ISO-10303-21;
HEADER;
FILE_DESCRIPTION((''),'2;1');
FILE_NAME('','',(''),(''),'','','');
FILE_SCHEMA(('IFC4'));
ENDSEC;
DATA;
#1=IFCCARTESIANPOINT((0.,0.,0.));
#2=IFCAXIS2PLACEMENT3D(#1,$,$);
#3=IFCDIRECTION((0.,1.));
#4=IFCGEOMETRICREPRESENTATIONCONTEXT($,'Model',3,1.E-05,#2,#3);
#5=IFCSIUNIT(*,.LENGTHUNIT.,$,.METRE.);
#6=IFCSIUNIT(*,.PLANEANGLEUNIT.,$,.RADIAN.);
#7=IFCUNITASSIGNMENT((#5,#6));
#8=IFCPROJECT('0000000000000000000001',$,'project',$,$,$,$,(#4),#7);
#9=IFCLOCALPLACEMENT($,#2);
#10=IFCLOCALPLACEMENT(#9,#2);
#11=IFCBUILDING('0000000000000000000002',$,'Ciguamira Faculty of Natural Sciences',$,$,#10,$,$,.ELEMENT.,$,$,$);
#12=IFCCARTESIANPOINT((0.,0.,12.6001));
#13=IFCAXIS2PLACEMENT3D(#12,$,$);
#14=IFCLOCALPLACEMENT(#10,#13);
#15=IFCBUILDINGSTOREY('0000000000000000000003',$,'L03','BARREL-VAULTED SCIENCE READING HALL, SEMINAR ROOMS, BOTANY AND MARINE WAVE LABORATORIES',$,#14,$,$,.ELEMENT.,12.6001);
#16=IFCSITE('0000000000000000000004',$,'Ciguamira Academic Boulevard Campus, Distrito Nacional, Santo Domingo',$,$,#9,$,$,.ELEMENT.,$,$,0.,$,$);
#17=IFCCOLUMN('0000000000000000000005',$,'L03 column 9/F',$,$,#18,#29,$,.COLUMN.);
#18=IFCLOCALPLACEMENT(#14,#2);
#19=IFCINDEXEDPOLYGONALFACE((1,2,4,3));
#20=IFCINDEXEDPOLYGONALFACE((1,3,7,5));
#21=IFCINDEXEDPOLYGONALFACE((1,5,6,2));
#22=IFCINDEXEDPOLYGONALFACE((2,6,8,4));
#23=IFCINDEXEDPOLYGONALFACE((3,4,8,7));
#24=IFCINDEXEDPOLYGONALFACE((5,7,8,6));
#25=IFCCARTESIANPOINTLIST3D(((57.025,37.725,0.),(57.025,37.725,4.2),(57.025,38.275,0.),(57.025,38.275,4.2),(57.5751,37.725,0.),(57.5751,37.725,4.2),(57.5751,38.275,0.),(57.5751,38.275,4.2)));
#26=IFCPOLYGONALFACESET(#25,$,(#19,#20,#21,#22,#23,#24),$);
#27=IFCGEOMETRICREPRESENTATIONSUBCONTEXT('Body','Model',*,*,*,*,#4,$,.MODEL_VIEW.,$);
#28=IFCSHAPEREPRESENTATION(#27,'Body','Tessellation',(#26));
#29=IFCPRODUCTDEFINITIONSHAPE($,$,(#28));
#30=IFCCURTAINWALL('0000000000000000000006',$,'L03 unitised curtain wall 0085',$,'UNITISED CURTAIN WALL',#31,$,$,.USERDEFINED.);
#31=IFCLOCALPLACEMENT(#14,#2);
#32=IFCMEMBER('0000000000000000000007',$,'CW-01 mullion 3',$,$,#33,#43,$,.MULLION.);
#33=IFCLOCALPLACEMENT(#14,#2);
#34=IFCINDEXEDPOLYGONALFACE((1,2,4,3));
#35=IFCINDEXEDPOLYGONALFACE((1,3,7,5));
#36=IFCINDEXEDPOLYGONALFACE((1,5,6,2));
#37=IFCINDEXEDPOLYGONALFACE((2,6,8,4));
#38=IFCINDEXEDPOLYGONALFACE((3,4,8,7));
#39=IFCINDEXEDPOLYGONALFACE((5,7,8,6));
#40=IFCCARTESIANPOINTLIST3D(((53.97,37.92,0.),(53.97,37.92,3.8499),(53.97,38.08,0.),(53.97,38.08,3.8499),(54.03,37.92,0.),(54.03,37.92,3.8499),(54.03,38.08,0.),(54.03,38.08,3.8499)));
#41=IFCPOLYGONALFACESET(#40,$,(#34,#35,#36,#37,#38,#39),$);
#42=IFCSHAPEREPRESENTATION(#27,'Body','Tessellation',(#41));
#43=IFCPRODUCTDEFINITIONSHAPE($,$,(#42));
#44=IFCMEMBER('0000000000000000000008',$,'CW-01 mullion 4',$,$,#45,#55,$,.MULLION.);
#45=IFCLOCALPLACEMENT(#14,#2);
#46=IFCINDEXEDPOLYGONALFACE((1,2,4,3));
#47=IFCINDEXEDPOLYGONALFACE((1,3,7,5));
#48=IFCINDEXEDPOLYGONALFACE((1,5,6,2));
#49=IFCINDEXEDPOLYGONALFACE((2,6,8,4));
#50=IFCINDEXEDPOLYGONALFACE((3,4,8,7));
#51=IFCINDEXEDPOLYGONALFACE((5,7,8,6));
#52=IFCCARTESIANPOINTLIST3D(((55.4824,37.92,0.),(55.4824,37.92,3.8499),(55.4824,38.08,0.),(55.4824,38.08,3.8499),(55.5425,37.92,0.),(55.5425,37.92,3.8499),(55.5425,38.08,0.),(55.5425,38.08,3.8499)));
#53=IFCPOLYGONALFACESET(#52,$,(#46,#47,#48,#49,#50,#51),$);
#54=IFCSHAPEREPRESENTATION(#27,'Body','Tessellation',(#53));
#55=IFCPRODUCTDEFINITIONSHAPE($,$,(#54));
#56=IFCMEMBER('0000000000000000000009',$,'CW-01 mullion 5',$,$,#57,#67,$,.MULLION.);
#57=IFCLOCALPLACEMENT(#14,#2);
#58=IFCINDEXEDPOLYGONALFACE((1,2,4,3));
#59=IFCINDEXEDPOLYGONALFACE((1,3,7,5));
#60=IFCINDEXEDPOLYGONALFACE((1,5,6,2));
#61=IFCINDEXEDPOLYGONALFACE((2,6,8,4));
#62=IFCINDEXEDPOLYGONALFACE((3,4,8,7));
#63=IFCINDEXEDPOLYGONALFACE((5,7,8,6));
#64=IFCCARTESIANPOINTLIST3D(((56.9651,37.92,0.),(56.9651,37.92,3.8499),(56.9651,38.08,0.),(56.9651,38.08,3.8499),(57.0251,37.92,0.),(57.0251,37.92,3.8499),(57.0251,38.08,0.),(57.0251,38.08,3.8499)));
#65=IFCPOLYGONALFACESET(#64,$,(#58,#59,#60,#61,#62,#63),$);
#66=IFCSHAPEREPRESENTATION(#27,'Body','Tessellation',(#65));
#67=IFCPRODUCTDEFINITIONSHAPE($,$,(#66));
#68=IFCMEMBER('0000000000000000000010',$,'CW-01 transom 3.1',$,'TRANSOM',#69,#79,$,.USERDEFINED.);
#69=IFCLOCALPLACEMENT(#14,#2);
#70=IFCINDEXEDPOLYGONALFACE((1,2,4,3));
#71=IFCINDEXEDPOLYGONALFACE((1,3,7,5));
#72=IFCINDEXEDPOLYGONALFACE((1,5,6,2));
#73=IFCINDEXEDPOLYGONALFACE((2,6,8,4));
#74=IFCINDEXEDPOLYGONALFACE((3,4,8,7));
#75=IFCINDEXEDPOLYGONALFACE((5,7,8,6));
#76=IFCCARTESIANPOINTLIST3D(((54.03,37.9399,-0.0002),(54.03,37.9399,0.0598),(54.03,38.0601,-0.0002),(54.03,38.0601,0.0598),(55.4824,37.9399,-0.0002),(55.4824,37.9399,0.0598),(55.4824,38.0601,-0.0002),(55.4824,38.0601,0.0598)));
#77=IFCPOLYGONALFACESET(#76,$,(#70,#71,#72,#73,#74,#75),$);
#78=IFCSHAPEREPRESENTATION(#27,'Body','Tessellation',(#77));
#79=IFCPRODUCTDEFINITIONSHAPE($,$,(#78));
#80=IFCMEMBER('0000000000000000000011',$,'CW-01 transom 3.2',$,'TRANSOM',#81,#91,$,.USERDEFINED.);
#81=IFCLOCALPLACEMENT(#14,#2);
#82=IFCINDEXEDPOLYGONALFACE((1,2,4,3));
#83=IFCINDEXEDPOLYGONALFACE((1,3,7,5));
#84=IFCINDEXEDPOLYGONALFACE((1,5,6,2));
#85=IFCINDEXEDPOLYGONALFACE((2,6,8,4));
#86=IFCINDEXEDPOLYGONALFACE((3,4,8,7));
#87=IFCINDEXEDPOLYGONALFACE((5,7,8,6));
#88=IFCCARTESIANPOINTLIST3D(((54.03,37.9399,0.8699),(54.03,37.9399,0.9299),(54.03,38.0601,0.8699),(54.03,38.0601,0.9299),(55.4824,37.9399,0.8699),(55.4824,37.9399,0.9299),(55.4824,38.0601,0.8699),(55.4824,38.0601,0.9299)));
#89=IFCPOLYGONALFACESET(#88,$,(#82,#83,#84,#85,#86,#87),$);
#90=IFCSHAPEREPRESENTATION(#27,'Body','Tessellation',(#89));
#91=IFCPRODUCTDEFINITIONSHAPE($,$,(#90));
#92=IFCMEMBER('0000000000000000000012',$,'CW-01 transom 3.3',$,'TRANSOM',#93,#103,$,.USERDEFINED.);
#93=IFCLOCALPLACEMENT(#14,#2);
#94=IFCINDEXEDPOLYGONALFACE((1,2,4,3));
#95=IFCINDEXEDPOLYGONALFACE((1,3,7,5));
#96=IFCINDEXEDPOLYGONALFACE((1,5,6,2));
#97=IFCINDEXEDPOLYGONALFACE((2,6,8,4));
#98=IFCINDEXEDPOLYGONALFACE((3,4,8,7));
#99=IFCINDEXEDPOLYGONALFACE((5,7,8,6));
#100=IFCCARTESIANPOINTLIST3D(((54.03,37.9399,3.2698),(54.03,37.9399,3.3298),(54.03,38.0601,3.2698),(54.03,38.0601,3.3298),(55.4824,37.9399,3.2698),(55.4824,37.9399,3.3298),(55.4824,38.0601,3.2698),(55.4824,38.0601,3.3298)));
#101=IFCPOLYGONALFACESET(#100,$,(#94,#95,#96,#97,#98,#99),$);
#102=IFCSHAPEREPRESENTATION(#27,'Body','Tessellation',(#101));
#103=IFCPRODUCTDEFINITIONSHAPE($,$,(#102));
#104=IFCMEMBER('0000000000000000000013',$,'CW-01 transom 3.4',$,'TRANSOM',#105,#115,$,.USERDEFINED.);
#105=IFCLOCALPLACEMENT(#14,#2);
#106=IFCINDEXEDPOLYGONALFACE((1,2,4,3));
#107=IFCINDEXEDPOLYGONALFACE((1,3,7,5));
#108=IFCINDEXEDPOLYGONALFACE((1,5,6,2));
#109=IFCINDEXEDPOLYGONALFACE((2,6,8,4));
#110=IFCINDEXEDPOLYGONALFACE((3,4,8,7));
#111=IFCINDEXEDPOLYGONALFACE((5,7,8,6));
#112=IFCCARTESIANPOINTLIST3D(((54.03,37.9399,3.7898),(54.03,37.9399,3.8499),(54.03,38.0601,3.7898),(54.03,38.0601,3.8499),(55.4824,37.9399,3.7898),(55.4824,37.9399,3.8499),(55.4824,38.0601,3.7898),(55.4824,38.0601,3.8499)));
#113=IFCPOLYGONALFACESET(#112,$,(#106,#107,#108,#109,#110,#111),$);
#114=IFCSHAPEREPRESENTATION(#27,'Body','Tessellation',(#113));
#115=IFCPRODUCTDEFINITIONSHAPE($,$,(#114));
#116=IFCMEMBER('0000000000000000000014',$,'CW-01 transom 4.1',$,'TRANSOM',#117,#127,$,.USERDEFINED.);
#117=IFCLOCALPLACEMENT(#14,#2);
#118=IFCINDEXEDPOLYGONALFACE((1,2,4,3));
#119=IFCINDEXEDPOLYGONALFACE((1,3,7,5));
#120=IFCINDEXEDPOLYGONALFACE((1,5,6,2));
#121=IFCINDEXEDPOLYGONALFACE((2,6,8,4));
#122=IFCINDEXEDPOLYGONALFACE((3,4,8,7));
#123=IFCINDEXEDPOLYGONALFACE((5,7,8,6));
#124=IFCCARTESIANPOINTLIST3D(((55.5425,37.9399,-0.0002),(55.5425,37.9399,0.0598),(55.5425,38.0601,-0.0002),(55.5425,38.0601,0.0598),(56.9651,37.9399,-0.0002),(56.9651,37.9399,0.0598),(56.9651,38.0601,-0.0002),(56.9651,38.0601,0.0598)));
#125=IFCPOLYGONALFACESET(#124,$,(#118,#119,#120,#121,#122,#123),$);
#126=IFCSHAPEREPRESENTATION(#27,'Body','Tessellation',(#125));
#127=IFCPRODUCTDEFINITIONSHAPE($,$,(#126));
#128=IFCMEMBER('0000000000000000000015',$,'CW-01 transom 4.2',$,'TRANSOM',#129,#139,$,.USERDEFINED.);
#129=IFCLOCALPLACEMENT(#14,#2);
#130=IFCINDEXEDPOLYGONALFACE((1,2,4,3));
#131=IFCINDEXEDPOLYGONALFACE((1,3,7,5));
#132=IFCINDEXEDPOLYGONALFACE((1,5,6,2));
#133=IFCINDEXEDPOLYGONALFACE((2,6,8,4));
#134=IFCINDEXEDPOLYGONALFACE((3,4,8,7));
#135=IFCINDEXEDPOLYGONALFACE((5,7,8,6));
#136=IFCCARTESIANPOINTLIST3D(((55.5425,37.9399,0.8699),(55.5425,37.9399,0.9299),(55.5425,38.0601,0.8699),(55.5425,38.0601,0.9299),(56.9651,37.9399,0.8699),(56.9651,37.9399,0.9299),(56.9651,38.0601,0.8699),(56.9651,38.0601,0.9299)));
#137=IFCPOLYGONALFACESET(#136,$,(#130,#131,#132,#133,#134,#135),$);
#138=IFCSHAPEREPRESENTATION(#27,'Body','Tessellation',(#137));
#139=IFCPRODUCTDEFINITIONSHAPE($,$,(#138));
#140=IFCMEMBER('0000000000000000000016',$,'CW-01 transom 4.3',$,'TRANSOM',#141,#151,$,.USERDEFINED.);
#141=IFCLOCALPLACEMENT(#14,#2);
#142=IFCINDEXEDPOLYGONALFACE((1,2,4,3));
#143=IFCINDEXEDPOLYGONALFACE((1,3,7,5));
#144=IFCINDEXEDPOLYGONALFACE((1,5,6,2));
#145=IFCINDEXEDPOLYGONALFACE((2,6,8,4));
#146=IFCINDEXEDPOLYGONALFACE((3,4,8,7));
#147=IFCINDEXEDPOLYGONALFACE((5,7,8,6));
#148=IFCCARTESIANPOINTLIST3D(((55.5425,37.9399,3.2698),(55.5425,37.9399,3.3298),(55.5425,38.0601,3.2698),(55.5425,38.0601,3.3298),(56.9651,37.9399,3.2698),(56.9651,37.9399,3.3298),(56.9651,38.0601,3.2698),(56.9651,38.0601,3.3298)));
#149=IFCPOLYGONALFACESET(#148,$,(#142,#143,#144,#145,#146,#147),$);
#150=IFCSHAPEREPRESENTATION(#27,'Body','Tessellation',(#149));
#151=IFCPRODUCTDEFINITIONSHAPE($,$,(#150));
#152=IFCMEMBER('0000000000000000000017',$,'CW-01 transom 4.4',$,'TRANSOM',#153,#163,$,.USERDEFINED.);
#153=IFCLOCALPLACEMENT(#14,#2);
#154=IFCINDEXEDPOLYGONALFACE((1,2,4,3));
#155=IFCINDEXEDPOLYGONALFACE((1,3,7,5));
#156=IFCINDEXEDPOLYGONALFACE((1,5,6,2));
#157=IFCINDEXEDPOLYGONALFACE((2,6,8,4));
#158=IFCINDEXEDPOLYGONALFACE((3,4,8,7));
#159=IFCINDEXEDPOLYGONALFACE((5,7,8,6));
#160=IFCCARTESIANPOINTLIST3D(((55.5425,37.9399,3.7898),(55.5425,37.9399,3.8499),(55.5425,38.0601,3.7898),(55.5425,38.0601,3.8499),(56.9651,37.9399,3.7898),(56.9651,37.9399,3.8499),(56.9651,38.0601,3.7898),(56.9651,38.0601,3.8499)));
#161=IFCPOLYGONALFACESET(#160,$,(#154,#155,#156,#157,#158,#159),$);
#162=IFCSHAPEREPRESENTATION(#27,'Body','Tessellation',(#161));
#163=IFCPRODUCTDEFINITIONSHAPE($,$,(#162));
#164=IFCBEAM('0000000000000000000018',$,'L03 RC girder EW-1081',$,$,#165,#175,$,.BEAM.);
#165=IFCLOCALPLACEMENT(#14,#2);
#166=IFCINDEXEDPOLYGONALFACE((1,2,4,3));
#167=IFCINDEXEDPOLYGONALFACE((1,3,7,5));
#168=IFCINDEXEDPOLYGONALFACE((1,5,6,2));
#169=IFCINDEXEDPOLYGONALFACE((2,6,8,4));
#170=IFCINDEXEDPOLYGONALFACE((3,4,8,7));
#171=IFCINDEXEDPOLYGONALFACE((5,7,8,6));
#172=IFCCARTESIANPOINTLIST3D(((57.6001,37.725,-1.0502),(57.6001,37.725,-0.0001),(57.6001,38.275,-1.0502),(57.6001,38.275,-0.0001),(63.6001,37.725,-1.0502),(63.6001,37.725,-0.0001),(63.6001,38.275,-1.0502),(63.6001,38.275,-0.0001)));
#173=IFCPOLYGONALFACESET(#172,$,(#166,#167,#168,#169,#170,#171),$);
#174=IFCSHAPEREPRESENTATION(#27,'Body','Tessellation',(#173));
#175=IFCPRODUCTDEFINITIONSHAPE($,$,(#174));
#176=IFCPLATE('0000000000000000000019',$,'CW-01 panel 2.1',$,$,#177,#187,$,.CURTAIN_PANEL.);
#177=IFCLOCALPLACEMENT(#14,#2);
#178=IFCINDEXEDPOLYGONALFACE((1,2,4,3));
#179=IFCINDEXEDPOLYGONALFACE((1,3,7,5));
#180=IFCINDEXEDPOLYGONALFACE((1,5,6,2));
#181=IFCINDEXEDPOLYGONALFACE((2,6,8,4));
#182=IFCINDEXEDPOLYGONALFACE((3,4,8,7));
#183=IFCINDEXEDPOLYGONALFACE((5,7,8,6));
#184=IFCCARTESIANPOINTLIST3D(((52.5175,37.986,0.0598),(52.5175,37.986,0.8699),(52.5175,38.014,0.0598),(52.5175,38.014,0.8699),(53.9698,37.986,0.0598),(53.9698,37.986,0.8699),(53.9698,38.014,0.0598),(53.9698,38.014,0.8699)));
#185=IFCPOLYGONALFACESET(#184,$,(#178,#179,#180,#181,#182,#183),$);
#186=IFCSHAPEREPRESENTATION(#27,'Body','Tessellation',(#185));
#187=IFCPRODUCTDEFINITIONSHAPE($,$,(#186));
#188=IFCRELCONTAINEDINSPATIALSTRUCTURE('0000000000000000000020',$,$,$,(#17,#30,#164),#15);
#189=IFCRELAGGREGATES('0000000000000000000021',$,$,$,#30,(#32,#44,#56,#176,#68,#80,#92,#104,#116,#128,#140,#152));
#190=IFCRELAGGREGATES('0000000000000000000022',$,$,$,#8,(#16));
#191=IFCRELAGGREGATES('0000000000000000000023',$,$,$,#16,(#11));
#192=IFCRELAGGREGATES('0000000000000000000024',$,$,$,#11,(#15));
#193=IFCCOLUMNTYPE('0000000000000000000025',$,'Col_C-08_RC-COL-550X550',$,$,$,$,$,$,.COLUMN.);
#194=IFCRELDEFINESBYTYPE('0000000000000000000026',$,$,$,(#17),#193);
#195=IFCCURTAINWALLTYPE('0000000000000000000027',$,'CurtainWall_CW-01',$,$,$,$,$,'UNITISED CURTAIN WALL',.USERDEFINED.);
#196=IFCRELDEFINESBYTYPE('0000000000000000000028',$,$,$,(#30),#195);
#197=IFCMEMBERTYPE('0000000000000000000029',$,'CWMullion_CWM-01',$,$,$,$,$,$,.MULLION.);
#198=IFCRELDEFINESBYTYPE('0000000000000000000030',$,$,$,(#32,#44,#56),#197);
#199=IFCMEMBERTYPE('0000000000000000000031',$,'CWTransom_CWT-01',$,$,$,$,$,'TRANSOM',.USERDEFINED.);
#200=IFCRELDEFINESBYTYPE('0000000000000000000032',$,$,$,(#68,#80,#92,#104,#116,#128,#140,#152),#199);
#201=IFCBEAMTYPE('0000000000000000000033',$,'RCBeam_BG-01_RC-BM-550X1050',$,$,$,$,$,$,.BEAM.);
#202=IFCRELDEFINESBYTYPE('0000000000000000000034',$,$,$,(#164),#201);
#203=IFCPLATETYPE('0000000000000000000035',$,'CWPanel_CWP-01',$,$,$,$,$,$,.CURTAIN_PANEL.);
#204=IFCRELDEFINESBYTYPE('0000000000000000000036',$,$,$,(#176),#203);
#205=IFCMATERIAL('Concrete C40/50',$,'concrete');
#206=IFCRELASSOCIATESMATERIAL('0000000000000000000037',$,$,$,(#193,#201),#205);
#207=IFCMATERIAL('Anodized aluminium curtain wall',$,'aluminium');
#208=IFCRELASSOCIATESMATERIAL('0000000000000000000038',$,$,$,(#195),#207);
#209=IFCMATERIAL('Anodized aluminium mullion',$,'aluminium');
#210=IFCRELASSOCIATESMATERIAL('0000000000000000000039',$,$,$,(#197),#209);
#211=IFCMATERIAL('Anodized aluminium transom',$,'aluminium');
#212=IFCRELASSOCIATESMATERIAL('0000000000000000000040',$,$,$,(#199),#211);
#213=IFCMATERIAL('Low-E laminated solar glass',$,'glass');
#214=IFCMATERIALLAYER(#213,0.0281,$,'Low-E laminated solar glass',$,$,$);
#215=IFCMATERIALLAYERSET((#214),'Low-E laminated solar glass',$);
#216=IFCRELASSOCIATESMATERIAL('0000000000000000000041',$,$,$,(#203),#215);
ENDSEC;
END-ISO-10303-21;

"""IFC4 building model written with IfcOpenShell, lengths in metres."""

from ifc_helpers import new_model, si_unit, direction, frame, origin, origin_2d, place, context, subcontext, project, spatial, rectangle, extrude, material, layer, layer_set, material_profile, profile_set, type_object, element, aggregate, save


model = new_model("IFC4")

# Units and contexts
model_context = context("Model", 3, precision=1e-05, world=origin(), true_north=direction((0.0, 1.0)))
body_context = subcontext(model_context, "Body", "Model", "MODEL_VIEW")
ifc_project = project(units=[si_unit("LENGTHUNIT", "METRE"), si_unit("PLANEANGLEUNIT", "RADIAN")], contexts=[model_context])

# Site, building, storey
site_placement = place(None, origin())
site = spatial("IfcSite", under=ifc_project, at=site_placement, Name="Ciguamira Academic Boulevard Campus, Distrito Nacional, Santo Domingo", CompositionType="ELEMENT", RefElevation=0.0)
building_placement = place(site_placement, origin())
building = spatial("IfcBuilding", under=site, at=building_placement, Name="Ciguamira Faculty of Natural Sciences", CompositionType="ELEMENT")
storey_placement = place(building_placement, frame((0.0, 0.0, 12.6001)))
storey = spatial("IfcBuildingStorey", under=building, at=storey_placement, Name="L03", Description="BARREL-VAULTED SCIENCE READING HALL, SEMINAR ROOMS, BOTANY AND MARINE WAVE LABORATORIES", CompositionType="ELEMENT", Elevation=12.6001)

# Column
ifc_material_1 = material(Name="Concrete C40/50", Category="concrete")
ifc_material_profile_1 = material_profile(ifc_material_1, rectangle(XDim=0.55, YDim=0.55, at=origin_2d()), Name="RC-COL-550X550")
ifc_profile_set_1 = profile_set([ifc_material_profile_1], Name="Concrete C40/50")
column_type = type_object("IfcColumnType", Name="Col_C-08_RC-COL-550X550", PredefinedType="COLUMN", material=ifc_profile_set_1)
column_placement = place(storey_placement, frame((57.3, 38.0, 0.0), z_axis=(0.0, 0.0, 1.0), x_axis=(1.0, 0.0, 0.0)))
element("IfcColumn", 1, at=column_placement, inside=storey, type_object=column_type, Name="L03 column 9/F", PredefinedType="COLUMN", context=body_context, shape_type="SweptSolid", body=[
    extrude(rectangle(XDim=0.55, YDim=0.55, at=origin_2d()), origin(), (0.0, 0.0, 1.0), 4.2),
])

# Curtain wall, members
ifc_material_2 = material(Name="Anodized aluminium curtain wall", Category="aluminium")
curtain_wall_type = type_object("IfcCurtainWallType", Name="CurtainWall_CW-01", ElementType="UNITISED CURTAIN WALL", PredefinedType="USERDEFINED", material=ifc_material_2)
curtain_wall_placement = place(storey_placement, origin())
curtain_wall = element("IfcCurtainWall", 2, at=curtain_wall_placement, inside=storey, type_object=curtain_wall_type, Name="L03 unitised curtain wall 0085", ObjectType="UNITISED CURTAIN WALL", PredefinedType="USERDEFINED")
ifc_material_3 = material(Name="Anodized aluminium mullion", Category="aluminium")
ifc_material_profile_2 = material_profile(ifc_material_3, rectangle(XDim=0.0601, YDim=0.1599, at=origin_2d()), Name="ALU-MUL-60X160")
ifc_profile_set_2 = profile_set([ifc_material_profile_2], Name="Anodized aluminium mullion")
member_type_1 = type_object("IfcMemberType", Name="CWMullion_CWM-01", PredefinedType="MULLION", material=ifc_profile_set_2)
member_1_placement = place(storey_placement, frame((54.0, 38.0, 0.0), z_axis=(0.0, 0.0, 1.0), x_axis=(1.0, 0.0, 0.0)))
member_1 = element("IfcMember", 3, at=member_1_placement, type_object=member_type_1, Name="CW-01 mullion 3", PredefinedType="MULLION", context=body_context, shape_type="SweptSolid", body=[
    extrude(rectangle(XDim=0.0601, YDim=0.1599, at=origin_2d()), origin(), (0.0, 0.0, 1.0), 3.8499),
])
member_2_placement = place(storey_placement, frame((55.5125, 38.0, 0.0), z_axis=(0.0, 0.0, 1.0), x_axis=(1.0, 0.0, 0.0)))
member_2 = element("IfcMember", 4, at=member_2_placement, type_object=member_type_1, Name="CW-01 mullion 4", PredefinedType="MULLION", context=body_context, shape_type="SweptSolid", body=[
    extrude(rectangle(XDim=0.0601, YDim=0.1599, at=origin_2d()), origin(), (0.0, 0.0, 1.0), 3.8499),
])
member_3_placement = place(storey_placement, frame((56.9951, 38.0, 0.0), z_axis=(0.0, 0.0, 1.0), x_axis=(1.0, 0.0, 0.0)))
member_3 = element("IfcMember", 5, at=member_3_placement, type_object=member_type_1, Name="CW-01 mullion 5", PredefinedType="MULLION", context=body_context, shape_type="SweptSolid", body=[
    extrude(rectangle(XDim=0.0601, YDim=0.1599, at=origin_2d()), origin(), (0.0, 0.0, 1.0), 3.8499),
])
ifc_material_4 = material(Name="Anodized aluminium transom", Category="aluminium")
ifc_material_profile_3 = material_profile(ifc_material_4, rectangle(XDim=0.0601, YDim=0.1201, at=origin_2d()), Name="ALU-TRN-60X120")
ifc_profile_set_3 = profile_set([ifc_material_profile_3], Name="Anodized aluminium transom")
member_type_2 = type_object("IfcMemberType", Name="CWTransom_CWT-01", ElementType="TRANSOM", PredefinedType="USERDEFINED", material=ifc_profile_set_3)
member_4_placement = place(storey_placement, frame((54.03, 38.0, 0.0298), z_axis=(1.0, 0.0, 0.0), x_axis=(0.0, 0.0, 1.0)))
member_4 = element("IfcMember", 6, at=member_4_placement, type_object=member_type_2, Name="CW-01 transom 3.1", ObjectType="TRANSOM", PredefinedType="USERDEFINED", context=body_context, shape_type="SweptSolid", body=[
    extrude(rectangle(XDim=0.0601, YDim=0.1201, at=origin_2d()), origin(), (0.0, 0.0, 1.0), 1.4524),
])
member_5_placement = place(storey_placement, frame((54.03, 38.0, 0.8999), z_axis=(1.0, 0.0, 0.0), x_axis=(0.0, 0.0, 1.0)))
member_5 = element("IfcMember", 7, at=member_5_placement, type_object=member_type_2, Name="CW-01 transom 3.2", ObjectType="TRANSOM", PredefinedType="USERDEFINED", context=body_context, shape_type="SweptSolid", body=[
    extrude(rectangle(XDim=0.0601, YDim=0.1201, at=origin_2d()), origin(), (0.0, 0.0, 1.0), 1.4524),
])
member_6_placement = place(storey_placement, frame((54.03, 38.0, 3.2998), z_axis=(1.0, 0.0, 0.0), x_axis=(0.0, 0.0, 1.0)))
member_6 = element("IfcMember", 8, at=member_6_placement, type_object=member_type_2, Name="CW-01 transom 3.3", ObjectType="TRANSOM", PredefinedType="USERDEFINED", context=body_context, shape_type="SweptSolid", body=[
    extrude(rectangle(XDim=0.0601, YDim=0.1201, at=origin_2d()), origin(), (0.0, 0.0, 1.0), 1.4524),
])
member_7_placement = place(storey_placement, frame((54.03, 38.0, 3.8198), z_axis=(1.0, 0.0, 0.0), x_axis=(0.0, 0.0, 1.0)))
member_7 = element("IfcMember", 9, at=member_7_placement, type_object=member_type_2, Name="CW-01 transom 3.4", ObjectType="TRANSOM", PredefinedType="USERDEFINED", context=body_context, shape_type="SweptSolid", body=[
    extrude(rectangle(XDim=0.0601, YDim=0.1201, at=origin_2d()), origin(), (0.0, 0.0, 1.0), 1.4524),
])
member_8_placement = place(storey_placement, frame((55.5425, 38.0, 0.0298), z_axis=(1.0, 0.0, 0.0), x_axis=(0.0, 0.0, 1.0)))
member_8 = element("IfcMember", 10, at=member_8_placement, type_object=member_type_2, Name="CW-01 transom 4.1", ObjectType="TRANSOM", PredefinedType="USERDEFINED", context=body_context, shape_type="SweptSolid", body=[
    extrude(rectangle(XDim=0.0601, YDim=0.1201, at=origin_2d()), origin(), (0.0, 0.0, 1.0), 1.4226),
])
member_9_placement = place(storey_placement, frame((55.5425, 38.0, 0.8999), z_axis=(1.0, 0.0, 0.0), x_axis=(0.0, 0.0, 1.0)))
member_9 = element("IfcMember", 11, at=member_9_placement, type_object=member_type_2, Name="CW-01 transom 4.2", ObjectType="TRANSOM", PredefinedType="USERDEFINED", context=body_context, shape_type="SweptSolid", body=[
    extrude(rectangle(XDim=0.0601, YDim=0.1201, at=origin_2d()), origin(), (0.0, 0.0, 1.0), 1.4226),
])
member_10_placement = place(storey_placement, frame((55.5425, 38.0, 3.2998), z_axis=(1.0, 0.0, 0.0), x_axis=(0.0, 0.0, 1.0)))
member_10 = element("IfcMember", 12, at=member_10_placement, type_object=member_type_2, Name="CW-01 transom 4.3", ObjectType="TRANSOM", PredefinedType="USERDEFINED", context=body_context, shape_type="SweptSolid", body=[
    extrude(rectangle(XDim=0.0601, YDim=0.1201, at=origin_2d()), origin(), (0.0, 0.0, 1.0), 1.4226),
])
member_11_placement = place(storey_placement, frame((55.5425, 38.0, 3.8198), z_axis=(1.0, 0.0, 0.0), x_axis=(0.0, 0.0, 1.0)))
member_11 = element("IfcMember", 13, at=member_11_placement, type_object=member_type_2, Name="CW-01 transom 4.4", ObjectType="TRANSOM", PredefinedType="USERDEFINED", context=body_context, shape_type="SweptSolid", body=[
    extrude(rectangle(XDim=0.0601, YDim=0.1201, at=origin_2d()), origin(), (0.0, 0.0, 1.0), 1.4226),
])

# Beam
ifc_material_profile_4 = material_profile(ifc_material_1, rectangle(XDim=0.55, YDim=1.05, at=origin_2d()), Name="RC-BM-550X1050")
ifc_profile_set_4 = profile_set([ifc_material_profile_4], Name="Concrete C40/50")
beam_type = type_object("IfcBeamType", Name="RCBeam_BG-01_RC-BM-550X1050", PredefinedType="BEAM", material=ifc_profile_set_4)
beam_placement = place(storey_placement, frame((57.6001, 38.0, -0.5251), z_axis=(1.0, 0.0, 0.0), x_axis=(0.0, 1.0, 0.0)))
element("IfcBeam", 14, at=beam_placement, inside=storey, type_object=beam_type, Name="L03 RC girder EW-1081", PredefinedType="BEAM", context=body_context, shape_type="SweptSolid", body=[
    extrude(rectangle(XDim=0.55, YDim=1.05, at=origin_2d()), origin(), (0.0, 0.0, 1.0), 6.0),
])

# Plate
ifc_material_5 = material(Name="Low-E laminated solar glass", Category="glass")
ifc_layer = layer(ifc_material_5, 0.0281, Name="Low-E laminated solar glass")
ifc_layer_set = layer_set([ifc_layer], Name="Low-E laminated solar glass")
plate_type = type_object("IfcPlateType", Name="CWPanel_CWP-01", PredefinedType="CURTAIN_PANEL", material=ifc_layer_set)
plate_1_placement = place(storey_placement, frame((53.2437, 38.0, 0.0598), z_axis=(0.0, 0.0, 1.0), x_axis=(1.0, 0.0, 0.0)))
plate_1 = element("IfcPlate", 15, at=plate_1_placement, type_object=plate_type, Name="CW-01 panel 2.1", PredefinedType="CURTAIN_PANEL", context=body_context, shape_type="SweptSolid", body=[
    extrude(rectangle(XDim=1.4524, YDim=0.0281, at=origin_2d()), origin(), (0.0, 0.0, 1.0), 0.8101),
])
aggregate(curtain_wall, [member_1, member_2, member_3, plate_1, member_4, member_5, member_6, member_7, member_8, member_9, member_10, member_11])

save(model, "model.ifc")
